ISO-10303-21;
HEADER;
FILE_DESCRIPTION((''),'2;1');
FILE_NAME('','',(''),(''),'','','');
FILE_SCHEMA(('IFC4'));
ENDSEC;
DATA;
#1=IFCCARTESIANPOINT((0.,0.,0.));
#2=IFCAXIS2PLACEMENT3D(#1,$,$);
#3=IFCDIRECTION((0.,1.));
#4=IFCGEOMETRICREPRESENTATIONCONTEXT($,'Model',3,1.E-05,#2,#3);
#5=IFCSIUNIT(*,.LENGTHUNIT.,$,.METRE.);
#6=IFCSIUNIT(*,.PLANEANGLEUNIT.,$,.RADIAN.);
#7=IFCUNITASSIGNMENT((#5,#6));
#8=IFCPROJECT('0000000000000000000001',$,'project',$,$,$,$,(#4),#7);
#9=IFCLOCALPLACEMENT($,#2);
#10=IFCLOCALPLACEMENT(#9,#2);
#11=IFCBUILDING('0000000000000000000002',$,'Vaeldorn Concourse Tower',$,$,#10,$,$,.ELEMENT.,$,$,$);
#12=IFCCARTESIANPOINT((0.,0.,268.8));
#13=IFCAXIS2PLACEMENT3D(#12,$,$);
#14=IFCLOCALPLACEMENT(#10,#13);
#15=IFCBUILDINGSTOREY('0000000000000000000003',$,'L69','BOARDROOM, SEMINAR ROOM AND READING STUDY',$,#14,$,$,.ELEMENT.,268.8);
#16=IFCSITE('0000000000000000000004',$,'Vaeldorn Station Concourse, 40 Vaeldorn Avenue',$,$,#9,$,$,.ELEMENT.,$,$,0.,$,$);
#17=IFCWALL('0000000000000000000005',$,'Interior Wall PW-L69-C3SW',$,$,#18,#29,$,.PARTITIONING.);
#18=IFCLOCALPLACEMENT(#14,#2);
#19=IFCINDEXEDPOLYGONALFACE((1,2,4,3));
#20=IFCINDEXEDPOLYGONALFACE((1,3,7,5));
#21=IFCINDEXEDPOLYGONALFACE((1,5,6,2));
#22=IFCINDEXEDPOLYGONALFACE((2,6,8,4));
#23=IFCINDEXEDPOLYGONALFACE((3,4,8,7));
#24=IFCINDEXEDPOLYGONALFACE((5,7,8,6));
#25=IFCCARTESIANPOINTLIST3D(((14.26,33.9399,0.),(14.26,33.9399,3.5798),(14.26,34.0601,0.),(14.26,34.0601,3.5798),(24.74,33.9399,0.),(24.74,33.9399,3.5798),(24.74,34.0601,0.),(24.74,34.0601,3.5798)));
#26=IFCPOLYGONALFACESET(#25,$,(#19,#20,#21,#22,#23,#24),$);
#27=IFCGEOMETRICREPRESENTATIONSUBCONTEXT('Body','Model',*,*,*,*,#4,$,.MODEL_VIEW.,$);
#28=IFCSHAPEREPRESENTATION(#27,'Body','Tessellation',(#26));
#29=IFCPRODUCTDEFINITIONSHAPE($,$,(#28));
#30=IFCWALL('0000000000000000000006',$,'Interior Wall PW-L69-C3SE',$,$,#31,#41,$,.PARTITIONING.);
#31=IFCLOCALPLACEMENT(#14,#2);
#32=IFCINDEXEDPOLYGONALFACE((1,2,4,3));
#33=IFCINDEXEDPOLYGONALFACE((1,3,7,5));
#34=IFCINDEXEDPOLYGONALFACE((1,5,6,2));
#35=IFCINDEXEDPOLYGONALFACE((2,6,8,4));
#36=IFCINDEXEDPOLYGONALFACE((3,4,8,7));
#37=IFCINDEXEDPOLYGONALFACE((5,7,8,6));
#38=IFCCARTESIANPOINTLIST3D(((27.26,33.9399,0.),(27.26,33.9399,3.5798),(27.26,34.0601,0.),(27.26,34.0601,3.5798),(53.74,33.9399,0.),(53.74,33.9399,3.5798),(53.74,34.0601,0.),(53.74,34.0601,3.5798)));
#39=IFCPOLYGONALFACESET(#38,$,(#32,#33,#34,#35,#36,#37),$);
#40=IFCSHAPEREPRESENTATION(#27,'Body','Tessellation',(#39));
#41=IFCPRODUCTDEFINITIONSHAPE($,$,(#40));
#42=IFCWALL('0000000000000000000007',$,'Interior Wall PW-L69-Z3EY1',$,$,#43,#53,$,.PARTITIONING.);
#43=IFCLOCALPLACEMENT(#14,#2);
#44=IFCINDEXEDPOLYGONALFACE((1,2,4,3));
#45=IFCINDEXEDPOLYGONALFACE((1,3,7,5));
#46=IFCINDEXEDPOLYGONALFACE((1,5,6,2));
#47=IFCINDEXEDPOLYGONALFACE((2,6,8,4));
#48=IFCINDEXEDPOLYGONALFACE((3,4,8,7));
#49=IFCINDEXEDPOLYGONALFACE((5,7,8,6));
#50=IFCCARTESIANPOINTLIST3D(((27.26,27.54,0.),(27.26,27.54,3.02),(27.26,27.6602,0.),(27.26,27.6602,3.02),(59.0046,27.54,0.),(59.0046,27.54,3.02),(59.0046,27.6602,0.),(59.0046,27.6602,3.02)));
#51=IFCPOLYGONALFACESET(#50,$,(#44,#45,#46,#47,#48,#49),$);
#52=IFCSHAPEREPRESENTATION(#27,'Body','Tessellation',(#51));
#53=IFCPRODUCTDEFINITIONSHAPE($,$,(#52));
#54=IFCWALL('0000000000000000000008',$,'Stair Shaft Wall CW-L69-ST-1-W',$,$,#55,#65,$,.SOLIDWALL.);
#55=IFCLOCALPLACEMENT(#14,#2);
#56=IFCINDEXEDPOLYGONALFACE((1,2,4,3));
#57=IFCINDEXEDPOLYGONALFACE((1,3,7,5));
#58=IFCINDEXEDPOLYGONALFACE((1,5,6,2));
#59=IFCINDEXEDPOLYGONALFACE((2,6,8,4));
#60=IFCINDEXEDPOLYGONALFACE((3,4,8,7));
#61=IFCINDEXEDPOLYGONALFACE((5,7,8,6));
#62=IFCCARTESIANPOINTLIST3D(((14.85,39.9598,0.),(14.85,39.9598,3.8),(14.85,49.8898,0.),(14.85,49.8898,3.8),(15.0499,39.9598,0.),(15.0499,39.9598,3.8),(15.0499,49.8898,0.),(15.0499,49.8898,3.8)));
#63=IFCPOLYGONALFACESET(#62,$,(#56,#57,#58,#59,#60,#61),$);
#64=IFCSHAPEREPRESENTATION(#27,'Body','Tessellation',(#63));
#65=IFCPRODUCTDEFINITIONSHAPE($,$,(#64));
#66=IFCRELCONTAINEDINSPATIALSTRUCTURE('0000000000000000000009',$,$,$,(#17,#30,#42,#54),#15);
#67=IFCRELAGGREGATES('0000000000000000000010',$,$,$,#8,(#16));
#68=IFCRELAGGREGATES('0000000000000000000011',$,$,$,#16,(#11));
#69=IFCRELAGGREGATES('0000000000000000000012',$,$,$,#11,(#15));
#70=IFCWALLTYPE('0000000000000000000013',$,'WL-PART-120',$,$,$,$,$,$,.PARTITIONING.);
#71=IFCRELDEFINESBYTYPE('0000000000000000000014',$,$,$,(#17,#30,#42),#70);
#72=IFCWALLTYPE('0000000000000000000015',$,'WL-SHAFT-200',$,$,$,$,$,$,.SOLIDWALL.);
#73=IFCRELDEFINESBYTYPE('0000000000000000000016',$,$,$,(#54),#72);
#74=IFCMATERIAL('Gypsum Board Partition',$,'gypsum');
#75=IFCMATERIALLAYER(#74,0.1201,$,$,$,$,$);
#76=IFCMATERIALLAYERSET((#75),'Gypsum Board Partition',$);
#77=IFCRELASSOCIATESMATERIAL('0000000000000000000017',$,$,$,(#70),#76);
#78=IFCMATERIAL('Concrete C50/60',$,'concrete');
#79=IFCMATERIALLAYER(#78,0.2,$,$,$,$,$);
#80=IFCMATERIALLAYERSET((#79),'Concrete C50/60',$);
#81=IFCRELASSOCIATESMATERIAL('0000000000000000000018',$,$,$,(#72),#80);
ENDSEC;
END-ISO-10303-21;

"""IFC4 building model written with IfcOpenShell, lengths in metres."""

from ifc_helpers import new_model, si_unit, direction, frame, frame_2d, origin, place, context, subcontext, project, spatial, rectangle, extrude, material, layer, layer_set, type_object, element, save


model = new_model("IFC4")

# Units and contexts
model_context = context("Model", 3, precision=1e-05, world=origin(), true_north=direction((0.0, 1.0)))
body_context = subcontext(model_context, "Body", "Model", "MODEL_VIEW")
ifc_project = project(units=[si_unit("LENGTHUNIT", "METRE"), si_unit("PLANEANGLEUNIT", "RADIAN")], contexts=[model_context])

# Site, building, storey
site_placement = place(None, origin())
site = spatial("IfcSite", under=ifc_project, at=site_placement, Name="Vaeldorn Station Concourse, 40 Vaeldorn Avenue", CompositionType="ELEMENT", RefElevation=0.0)
building_placement = place(site_placement, origin())
building = spatial("IfcBuilding", under=site, at=building_placement, Name="Vaeldorn Concourse Tower", CompositionType="ELEMENT")
storey_placement = place(building_placement, frame((0.0, 0.0, 268.8)))
storey = spatial("IfcBuildingStorey", under=building, at=storey_placement, Name="L69", Description="BOARDROOM, SEMINAR ROOM AND READING STUDY", CompositionType="ELEMENT", Elevation=268.8)

# Shared definitions
ifc_material_1 = material(Name="Concrete C50/60", Category="concrete")

# Walls
ifc_material_2 = material(Name="Gypsum Board Partition", Category="gypsum")
ifc_layer_1 = layer(ifc_material_2, 0.1201)
ifc_layer_set_1 = layer_set([ifc_layer_1], Name="Gypsum Board Partition")
wall_type_1 = type_object("IfcWallType", Name="WL-PART-120", PredefinedType="PARTITIONING", material=ifc_layer_set_1)
wall_1_placement = place(storey_placement, frame((14.26, 34.0, 0.0), z_axis=(0.0, 0.0, 1.0), x_axis=(1.0, 0.0, 0.0)))
element("IfcWall", 1, at=wall_1_placement, inside=storey, type_object=wall_type_1, Name="Interior Wall PW-L69-C3SW", PredefinedType="PARTITIONING", context=body_context, shape_type="SweptSolid", body=[
    extrude(rectangle(XDim=10.48, YDim=0.1201, at=frame_2d((5.24, 0.0))), origin(), (0.0, 0.0, 1.0), 3.5798),
])
wall_2_placement = place(storey_placement, frame((27.26, 34.0, 0.0), z_axis=(0.0, 0.0, 1.0), x_axis=(1.0, 0.0, 0.0)))
element("IfcWall", 2, at=wall_2_placement, inside=storey, type_object=wall_type_1, Name="Interior Wall PW-L69-C3SE", PredefinedType="PARTITIONING", context=body_context, shape_type="SweptSolid", body=[
    extrude(rectangle(XDim=26.48, YDim=0.1201, at=frame_2d((13.24, 0.0))), origin(), (0.0, 0.0, 1.0), 3.5798),
])

# Wall
wall_3_placement = place(storey_placement, frame((27.26, 27.6001, 0.0), z_axis=(0.0, 0.0, 1.0), x_axis=(1.0, 0.0, 0.0)))
element("IfcWall", 3, at=wall_3_placement, inside=storey, type_object=wall_type_1, Name="Interior Wall PW-L69-Z3EY1", PredefinedType="PARTITIONING", context=body_context, shape_type="SweptSolid", body=[
    extrude(rectangle(XDim=31.7446, YDim=0.1201, at=frame_2d((15.8723, 0.0))), origin(), (0.0, 0.0, 1.0), 3.02),
])

# Shared definitions
ifc_layer_2 = layer(ifc_material_1, 0.2)
ifc_layer_set_2 = layer_set([ifc_layer_2], Name="Concrete C50/60")
wall_type_2 = type_object("IfcWallType", Name="WL-SHAFT-200", PredefinedType="SOLIDWALL", material=ifc_layer_set_2)

# Wall
wall_4_placement = place(storey_placement, frame((14.95, 39.96, 0.0), z_axis=(0.0, 0.0, 1.0), x_axis=(0.0, 1.0, 0.0)))
element("IfcWall", 4, at=wall_4_placement, inside=storey, type_object=wall_type_2, Name="Stair Shaft Wall CW-L69-ST-1-W", PredefinedType="SOLIDWALL", context=body_context, shape_type="SweptSolid", body=[
    extrude(rectangle(XDim=9.9299, YDim=0.2, at=frame_2d((4.9648, 0.0))), origin(), (0.0, 0.0, 1.0), 3.8),
])

save(model, "model.ifc")
